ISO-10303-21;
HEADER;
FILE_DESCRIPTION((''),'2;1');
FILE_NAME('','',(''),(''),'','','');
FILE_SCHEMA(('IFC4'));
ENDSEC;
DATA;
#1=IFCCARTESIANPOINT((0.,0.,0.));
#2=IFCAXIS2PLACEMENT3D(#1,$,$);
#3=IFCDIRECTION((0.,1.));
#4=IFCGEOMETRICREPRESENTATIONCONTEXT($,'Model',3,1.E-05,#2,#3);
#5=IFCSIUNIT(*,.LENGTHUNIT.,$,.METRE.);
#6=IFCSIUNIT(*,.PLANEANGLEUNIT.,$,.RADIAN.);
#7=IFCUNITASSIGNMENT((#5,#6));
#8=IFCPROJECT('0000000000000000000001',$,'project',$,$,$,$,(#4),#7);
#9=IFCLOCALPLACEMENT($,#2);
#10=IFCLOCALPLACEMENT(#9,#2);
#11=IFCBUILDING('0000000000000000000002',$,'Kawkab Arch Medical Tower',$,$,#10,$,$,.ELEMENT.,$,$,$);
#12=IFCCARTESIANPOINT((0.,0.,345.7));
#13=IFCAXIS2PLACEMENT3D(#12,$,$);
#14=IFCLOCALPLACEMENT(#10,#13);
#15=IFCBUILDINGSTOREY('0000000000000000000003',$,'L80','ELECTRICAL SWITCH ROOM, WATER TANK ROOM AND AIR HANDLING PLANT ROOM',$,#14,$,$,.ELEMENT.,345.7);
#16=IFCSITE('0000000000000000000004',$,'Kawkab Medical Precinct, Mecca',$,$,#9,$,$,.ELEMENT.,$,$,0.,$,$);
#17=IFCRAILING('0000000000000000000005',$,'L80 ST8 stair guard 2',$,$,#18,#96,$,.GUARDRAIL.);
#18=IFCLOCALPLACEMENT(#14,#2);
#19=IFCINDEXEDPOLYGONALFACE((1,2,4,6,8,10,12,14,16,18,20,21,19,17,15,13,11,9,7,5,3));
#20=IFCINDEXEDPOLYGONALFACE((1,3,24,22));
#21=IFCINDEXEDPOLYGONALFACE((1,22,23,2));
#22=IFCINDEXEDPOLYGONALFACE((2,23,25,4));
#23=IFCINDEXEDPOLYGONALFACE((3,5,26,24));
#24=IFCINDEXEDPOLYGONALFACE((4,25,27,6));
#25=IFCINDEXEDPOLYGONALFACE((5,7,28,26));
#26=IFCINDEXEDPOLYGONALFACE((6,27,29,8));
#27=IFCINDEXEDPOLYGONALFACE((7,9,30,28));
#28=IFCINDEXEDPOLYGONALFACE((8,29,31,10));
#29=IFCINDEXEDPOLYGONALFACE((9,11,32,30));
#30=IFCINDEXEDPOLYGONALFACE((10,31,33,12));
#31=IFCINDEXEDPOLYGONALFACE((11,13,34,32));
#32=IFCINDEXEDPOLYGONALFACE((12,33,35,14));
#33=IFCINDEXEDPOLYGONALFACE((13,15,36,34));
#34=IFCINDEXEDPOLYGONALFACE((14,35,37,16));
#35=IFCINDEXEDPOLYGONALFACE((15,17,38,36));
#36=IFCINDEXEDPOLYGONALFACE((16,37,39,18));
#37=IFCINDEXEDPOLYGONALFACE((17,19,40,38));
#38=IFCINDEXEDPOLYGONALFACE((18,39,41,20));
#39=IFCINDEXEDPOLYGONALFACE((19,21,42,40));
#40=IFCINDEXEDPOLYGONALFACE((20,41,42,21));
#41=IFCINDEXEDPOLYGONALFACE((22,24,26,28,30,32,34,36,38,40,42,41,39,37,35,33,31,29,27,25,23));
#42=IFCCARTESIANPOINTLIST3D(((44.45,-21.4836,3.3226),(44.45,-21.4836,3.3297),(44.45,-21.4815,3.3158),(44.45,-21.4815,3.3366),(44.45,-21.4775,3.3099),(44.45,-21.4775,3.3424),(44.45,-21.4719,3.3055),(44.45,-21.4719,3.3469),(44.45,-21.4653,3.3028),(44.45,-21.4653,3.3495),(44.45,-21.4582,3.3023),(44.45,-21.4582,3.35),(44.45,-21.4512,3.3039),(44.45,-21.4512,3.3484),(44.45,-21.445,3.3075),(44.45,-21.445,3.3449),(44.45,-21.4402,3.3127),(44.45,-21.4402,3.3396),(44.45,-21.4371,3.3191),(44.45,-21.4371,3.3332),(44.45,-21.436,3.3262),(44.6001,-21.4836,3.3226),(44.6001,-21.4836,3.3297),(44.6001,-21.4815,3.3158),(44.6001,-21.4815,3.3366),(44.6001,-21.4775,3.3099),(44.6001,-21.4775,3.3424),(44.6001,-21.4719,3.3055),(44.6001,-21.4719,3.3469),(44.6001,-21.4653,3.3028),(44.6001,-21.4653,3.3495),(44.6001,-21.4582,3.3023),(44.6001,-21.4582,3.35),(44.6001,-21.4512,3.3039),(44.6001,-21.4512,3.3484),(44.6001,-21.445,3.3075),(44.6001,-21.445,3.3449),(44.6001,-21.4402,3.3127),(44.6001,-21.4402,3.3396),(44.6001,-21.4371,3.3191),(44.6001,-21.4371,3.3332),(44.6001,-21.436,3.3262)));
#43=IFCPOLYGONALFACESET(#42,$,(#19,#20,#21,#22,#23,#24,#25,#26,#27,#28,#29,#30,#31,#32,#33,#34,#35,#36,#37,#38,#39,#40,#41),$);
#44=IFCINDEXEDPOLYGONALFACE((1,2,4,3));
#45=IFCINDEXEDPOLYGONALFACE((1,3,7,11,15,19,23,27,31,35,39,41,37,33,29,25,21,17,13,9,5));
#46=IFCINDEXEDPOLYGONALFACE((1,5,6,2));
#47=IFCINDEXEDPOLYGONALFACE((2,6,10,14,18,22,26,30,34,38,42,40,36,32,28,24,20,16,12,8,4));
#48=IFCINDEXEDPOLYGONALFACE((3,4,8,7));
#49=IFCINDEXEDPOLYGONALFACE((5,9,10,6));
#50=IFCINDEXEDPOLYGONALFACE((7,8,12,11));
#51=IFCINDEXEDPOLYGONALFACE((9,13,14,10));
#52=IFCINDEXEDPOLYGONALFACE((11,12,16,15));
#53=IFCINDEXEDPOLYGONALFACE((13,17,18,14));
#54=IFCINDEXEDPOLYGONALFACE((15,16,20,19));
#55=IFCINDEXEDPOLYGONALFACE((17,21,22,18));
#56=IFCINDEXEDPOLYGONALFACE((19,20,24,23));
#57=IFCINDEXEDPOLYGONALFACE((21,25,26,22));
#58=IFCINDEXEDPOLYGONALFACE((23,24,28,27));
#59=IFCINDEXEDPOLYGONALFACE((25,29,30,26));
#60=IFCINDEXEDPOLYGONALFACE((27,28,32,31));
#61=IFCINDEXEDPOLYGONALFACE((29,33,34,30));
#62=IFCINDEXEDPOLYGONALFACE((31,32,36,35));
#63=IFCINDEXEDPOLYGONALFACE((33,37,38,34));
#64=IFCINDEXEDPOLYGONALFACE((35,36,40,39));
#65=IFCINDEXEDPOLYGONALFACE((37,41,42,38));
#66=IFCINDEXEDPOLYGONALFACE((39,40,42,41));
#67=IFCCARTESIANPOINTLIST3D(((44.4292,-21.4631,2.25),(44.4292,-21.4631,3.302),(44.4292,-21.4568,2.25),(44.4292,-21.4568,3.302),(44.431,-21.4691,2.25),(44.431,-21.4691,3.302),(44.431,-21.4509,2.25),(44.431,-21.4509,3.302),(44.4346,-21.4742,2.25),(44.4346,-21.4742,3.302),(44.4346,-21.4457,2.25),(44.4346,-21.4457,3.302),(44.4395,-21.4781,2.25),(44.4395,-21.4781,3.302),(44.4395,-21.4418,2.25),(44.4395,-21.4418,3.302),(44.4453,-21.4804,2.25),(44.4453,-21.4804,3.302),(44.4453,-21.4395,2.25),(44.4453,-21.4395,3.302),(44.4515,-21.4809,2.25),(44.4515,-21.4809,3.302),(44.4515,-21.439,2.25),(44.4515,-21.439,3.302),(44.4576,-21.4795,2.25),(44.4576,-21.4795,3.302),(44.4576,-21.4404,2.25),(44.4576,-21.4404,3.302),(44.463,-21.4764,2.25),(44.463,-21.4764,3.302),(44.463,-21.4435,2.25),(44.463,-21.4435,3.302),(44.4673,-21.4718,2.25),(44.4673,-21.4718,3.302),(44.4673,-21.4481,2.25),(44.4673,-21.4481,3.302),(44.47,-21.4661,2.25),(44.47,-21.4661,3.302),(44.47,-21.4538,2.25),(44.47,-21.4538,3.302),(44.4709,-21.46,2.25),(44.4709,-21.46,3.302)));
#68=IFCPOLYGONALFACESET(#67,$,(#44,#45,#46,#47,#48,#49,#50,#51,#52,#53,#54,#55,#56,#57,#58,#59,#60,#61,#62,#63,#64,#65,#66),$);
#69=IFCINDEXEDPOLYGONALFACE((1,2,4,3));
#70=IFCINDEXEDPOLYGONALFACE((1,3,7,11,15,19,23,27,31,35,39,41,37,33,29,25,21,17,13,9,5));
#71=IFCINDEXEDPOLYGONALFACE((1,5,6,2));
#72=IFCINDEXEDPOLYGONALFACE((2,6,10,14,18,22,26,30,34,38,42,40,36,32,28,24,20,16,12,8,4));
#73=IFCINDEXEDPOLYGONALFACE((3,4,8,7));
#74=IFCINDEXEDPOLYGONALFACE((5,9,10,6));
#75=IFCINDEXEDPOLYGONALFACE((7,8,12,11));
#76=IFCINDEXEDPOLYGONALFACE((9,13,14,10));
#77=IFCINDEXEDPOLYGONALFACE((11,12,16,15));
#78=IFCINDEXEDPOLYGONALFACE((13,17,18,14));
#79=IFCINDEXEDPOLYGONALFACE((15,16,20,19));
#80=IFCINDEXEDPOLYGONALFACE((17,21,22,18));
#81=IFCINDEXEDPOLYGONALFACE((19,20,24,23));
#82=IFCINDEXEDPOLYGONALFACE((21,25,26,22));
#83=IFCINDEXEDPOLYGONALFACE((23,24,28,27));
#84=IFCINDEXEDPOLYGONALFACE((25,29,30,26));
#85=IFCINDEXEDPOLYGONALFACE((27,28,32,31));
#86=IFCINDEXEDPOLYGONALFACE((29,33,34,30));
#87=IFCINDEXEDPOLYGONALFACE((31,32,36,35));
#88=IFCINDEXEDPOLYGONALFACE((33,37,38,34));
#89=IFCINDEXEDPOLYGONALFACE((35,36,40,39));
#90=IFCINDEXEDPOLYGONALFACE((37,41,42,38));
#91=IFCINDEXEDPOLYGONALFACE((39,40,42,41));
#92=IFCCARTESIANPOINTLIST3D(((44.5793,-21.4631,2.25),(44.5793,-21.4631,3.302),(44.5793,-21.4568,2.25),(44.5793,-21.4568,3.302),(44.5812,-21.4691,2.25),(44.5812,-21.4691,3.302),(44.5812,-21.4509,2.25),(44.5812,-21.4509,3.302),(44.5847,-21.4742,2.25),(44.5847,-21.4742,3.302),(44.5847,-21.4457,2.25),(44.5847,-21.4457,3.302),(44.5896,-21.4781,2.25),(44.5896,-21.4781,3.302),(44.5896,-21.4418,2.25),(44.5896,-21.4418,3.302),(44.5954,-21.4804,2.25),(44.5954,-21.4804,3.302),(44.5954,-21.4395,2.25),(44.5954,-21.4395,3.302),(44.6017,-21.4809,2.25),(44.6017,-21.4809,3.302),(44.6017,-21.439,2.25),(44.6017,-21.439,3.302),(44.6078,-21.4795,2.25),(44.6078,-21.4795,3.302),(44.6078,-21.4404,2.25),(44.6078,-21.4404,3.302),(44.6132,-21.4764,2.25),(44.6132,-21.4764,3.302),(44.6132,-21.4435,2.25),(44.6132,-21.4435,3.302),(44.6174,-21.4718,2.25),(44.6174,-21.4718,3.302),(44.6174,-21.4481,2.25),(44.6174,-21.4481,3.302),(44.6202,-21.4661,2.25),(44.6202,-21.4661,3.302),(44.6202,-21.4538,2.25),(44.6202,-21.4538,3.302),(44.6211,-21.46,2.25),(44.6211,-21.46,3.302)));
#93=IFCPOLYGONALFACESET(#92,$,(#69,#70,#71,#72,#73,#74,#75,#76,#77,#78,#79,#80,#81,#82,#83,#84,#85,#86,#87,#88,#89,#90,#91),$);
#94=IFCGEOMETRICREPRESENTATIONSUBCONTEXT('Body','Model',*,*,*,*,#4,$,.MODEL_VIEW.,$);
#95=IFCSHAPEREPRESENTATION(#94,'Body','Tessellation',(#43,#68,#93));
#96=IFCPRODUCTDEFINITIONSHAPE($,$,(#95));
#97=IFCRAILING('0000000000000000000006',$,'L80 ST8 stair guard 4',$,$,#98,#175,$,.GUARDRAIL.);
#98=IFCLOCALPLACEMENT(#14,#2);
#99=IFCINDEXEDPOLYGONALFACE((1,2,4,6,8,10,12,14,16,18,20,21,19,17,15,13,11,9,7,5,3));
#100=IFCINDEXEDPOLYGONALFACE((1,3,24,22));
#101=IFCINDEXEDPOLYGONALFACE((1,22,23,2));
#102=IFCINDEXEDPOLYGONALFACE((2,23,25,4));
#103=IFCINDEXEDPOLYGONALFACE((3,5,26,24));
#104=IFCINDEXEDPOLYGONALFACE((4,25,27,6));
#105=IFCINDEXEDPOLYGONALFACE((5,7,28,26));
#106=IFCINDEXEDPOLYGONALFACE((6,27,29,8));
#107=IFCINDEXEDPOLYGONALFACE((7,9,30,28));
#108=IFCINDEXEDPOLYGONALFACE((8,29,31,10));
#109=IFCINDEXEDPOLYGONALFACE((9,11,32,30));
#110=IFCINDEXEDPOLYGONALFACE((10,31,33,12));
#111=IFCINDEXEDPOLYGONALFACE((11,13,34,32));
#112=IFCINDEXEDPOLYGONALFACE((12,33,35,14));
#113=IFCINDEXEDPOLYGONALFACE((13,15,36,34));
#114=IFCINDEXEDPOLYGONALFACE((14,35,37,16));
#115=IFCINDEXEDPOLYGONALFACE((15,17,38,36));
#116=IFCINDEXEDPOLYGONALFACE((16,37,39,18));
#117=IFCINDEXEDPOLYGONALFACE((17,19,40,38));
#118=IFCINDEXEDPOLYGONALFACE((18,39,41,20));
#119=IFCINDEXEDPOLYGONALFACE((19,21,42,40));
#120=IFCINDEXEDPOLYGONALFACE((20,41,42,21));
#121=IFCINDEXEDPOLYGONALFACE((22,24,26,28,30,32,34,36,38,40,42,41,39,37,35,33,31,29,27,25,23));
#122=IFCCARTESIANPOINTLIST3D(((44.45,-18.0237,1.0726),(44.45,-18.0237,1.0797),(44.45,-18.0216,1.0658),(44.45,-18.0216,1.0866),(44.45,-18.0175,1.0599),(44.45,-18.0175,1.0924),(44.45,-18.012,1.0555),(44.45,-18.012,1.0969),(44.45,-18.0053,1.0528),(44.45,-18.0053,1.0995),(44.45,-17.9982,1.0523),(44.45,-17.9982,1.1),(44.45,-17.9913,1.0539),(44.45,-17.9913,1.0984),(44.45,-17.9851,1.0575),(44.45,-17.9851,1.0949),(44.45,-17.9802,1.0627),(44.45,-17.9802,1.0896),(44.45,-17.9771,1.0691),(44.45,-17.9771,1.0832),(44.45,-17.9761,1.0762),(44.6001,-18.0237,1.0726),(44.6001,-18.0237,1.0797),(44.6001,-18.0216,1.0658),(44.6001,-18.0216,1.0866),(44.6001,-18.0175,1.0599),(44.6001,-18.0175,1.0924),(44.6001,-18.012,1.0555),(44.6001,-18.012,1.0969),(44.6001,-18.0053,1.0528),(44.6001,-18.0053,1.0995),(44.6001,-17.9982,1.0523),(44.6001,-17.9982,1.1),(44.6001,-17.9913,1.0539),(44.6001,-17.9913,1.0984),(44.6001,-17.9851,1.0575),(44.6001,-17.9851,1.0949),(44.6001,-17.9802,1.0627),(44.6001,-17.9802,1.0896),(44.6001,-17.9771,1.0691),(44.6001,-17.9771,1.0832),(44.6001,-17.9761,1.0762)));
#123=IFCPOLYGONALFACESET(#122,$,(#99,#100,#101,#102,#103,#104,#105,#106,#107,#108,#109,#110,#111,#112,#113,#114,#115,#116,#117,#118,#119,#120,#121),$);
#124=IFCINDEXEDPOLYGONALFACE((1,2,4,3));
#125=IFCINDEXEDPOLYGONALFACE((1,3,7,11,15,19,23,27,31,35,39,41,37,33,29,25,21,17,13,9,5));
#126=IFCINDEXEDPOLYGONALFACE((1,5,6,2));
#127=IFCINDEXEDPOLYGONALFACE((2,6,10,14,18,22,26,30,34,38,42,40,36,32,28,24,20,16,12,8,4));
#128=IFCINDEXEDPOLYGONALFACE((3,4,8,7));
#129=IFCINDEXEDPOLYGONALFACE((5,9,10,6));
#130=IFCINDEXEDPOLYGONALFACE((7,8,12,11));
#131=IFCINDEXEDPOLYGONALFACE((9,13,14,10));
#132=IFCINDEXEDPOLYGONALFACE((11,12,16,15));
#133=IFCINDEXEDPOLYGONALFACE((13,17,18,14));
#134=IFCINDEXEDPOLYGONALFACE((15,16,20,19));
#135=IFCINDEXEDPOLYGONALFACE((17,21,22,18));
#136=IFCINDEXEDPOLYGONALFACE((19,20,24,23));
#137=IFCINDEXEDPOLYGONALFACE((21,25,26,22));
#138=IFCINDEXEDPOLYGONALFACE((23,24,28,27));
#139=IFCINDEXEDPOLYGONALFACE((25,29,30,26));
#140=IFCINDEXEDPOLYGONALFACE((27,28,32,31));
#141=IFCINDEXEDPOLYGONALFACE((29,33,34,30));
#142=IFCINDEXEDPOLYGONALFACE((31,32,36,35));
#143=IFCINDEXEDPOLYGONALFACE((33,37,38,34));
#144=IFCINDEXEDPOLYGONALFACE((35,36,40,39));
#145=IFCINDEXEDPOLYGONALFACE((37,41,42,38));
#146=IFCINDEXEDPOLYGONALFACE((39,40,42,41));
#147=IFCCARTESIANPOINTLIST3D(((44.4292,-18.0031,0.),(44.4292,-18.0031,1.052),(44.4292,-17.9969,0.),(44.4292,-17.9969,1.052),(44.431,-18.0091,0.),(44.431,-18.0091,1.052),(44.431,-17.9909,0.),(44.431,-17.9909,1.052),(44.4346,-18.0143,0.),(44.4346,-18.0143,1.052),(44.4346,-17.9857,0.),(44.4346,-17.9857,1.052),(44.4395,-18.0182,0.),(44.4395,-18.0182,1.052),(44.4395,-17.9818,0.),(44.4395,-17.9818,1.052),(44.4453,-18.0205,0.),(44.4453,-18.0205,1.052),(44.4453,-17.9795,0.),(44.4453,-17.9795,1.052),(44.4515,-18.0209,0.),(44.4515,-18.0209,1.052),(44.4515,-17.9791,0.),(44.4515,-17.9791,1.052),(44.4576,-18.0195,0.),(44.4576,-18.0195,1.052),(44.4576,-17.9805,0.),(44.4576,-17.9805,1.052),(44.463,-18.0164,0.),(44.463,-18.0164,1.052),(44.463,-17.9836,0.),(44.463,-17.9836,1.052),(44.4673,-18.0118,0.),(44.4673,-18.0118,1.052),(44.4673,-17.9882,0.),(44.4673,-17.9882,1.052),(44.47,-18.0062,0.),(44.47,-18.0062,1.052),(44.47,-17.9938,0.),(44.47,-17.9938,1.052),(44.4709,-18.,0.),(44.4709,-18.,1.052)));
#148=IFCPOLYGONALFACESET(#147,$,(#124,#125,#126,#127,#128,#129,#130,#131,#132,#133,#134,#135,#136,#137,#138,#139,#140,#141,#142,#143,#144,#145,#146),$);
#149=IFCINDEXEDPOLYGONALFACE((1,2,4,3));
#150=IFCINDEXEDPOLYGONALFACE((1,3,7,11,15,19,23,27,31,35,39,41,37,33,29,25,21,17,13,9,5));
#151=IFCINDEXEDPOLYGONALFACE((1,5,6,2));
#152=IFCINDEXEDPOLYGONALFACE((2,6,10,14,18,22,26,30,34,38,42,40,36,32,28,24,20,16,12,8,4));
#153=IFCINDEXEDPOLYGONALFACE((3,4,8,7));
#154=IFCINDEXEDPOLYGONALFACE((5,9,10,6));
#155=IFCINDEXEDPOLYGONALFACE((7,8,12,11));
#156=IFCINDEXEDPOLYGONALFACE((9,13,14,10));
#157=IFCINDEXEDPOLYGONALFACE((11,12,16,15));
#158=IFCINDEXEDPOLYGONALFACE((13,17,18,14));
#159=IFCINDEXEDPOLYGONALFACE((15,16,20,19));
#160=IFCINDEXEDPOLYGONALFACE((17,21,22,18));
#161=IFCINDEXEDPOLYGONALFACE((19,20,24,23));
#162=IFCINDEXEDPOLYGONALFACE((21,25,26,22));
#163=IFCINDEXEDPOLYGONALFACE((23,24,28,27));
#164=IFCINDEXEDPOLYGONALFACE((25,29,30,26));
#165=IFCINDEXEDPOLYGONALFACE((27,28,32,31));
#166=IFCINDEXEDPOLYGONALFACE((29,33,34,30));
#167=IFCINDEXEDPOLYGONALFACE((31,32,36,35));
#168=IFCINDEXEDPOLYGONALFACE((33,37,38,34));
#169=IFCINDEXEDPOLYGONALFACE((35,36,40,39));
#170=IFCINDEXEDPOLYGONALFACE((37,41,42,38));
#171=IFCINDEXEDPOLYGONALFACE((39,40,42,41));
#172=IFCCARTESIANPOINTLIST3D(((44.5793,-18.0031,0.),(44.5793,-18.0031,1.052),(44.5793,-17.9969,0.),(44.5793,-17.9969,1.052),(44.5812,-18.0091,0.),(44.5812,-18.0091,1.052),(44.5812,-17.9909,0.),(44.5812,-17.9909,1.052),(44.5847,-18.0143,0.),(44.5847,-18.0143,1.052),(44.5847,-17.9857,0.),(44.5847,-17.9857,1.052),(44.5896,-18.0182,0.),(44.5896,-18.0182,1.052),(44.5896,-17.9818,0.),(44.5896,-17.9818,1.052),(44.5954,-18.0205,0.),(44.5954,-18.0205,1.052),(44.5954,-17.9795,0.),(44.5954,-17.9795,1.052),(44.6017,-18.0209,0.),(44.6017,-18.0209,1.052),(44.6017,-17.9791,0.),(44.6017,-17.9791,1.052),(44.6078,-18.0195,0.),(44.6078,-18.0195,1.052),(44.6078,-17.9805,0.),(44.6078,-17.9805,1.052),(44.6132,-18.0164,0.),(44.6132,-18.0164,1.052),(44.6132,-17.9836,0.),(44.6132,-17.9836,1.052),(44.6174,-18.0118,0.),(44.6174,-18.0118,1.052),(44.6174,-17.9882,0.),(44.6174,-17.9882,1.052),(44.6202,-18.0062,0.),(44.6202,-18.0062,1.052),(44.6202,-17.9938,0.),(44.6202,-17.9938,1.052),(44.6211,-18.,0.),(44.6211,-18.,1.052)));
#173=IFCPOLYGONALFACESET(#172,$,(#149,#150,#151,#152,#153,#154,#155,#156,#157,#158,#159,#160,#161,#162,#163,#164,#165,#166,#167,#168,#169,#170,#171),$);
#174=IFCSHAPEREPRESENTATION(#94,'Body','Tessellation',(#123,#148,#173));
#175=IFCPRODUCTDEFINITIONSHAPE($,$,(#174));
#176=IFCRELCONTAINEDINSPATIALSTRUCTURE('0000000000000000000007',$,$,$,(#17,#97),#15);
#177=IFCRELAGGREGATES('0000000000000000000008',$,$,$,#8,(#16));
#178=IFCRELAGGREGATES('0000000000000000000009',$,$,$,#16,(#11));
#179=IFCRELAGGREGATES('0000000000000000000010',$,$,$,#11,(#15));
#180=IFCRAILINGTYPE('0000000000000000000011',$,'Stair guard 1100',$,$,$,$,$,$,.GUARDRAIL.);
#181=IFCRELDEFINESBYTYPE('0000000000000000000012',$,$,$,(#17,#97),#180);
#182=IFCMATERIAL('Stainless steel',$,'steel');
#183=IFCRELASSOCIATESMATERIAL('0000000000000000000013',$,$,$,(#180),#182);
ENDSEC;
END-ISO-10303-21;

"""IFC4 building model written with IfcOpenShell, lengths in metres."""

from ifc_helpers import new_model, si_unit, direction, frame, origin, origin_2d, place, context, subcontext, project, spatial, circle, extrude, material, type_object, element, save


model = new_model("IFC4")

# Units and contexts
model_context = context("Model", 3, precision=1e-05, world=origin(), true_north=direction((0.0, 1.0)))
body_context = subcontext(model_context, "Body", "Model", "MODEL_VIEW")
ifc_project = project(units=[si_unit("LENGTHUNIT", "METRE"), si_unit("PLANEANGLEUNIT", "RADIAN")], contexts=[model_context])

# Site, building, storey
site_placement = place(None, origin())
site = spatial("IfcSite", under=ifc_project, at=site_placement, Name="Kawkab Medical Precinct, Mecca", CompositionType="ELEMENT", RefElevation=0.0)
building_placement = place(site_placement, origin())
building = spatial("IfcBuilding", under=site, at=building_placement, Name="Kawkab Arch Medical Tower", CompositionType="ELEMENT")
storey_placement = place(building_placement, frame((0.0, 0.0, 345.7)))
storey = spatial("IfcBuildingStorey", under=building, at=storey_placement, Name="L80", Description="ELECTRICAL SWITCH ROOM, WATER TANK ROOM AND AIR HANDLING PLANT ROOM", CompositionType="ELEMENT", Elevation=345.7)

# Railings
ifc_material_1 = material(Name="Stainless steel", Category="steel")
railing_type = type_object("IfcRailingType", Name="Stair guard 1100", PredefinedType="GUARDRAIL", material=ifc_material_1)
for number, where, name in (
    (1, (44.45, -21.46, 2.25), "L80 ST8 stair guard 2"),
    (2, (44.45, -18.0, 0.0), "L80 ST8 stair guard 4"),
):
    element("IfcRailing", number, at=place(storey_placement, frame(where)), inside=storey, type_object=railing_type, Name=name, PredefinedType="GUARDRAIL", context=body_context, shape_type="SweptSolid", body=[
        extrude(circle(Radius=0.0239, at=origin_2d()), frame((0.0, 0.0, 1.0762), z_axis=(1.0, 0.0, 0.0), x_axis=(0.0, 1.0, 0.0)), (0.0, 0.0, 1.0), 0.1501),
        extrude(circle(Radius=0.021, at=origin_2d()), origin(), (0.0, 0.0, 1.0), 1.052),
        extrude(circle(Radius=0.021, at=origin_2d()), frame((0.1501, 0.0, 0.0)), (0.0, 0.0, 1.0), 1.052),
    ])

save(model, "model.ifc")
